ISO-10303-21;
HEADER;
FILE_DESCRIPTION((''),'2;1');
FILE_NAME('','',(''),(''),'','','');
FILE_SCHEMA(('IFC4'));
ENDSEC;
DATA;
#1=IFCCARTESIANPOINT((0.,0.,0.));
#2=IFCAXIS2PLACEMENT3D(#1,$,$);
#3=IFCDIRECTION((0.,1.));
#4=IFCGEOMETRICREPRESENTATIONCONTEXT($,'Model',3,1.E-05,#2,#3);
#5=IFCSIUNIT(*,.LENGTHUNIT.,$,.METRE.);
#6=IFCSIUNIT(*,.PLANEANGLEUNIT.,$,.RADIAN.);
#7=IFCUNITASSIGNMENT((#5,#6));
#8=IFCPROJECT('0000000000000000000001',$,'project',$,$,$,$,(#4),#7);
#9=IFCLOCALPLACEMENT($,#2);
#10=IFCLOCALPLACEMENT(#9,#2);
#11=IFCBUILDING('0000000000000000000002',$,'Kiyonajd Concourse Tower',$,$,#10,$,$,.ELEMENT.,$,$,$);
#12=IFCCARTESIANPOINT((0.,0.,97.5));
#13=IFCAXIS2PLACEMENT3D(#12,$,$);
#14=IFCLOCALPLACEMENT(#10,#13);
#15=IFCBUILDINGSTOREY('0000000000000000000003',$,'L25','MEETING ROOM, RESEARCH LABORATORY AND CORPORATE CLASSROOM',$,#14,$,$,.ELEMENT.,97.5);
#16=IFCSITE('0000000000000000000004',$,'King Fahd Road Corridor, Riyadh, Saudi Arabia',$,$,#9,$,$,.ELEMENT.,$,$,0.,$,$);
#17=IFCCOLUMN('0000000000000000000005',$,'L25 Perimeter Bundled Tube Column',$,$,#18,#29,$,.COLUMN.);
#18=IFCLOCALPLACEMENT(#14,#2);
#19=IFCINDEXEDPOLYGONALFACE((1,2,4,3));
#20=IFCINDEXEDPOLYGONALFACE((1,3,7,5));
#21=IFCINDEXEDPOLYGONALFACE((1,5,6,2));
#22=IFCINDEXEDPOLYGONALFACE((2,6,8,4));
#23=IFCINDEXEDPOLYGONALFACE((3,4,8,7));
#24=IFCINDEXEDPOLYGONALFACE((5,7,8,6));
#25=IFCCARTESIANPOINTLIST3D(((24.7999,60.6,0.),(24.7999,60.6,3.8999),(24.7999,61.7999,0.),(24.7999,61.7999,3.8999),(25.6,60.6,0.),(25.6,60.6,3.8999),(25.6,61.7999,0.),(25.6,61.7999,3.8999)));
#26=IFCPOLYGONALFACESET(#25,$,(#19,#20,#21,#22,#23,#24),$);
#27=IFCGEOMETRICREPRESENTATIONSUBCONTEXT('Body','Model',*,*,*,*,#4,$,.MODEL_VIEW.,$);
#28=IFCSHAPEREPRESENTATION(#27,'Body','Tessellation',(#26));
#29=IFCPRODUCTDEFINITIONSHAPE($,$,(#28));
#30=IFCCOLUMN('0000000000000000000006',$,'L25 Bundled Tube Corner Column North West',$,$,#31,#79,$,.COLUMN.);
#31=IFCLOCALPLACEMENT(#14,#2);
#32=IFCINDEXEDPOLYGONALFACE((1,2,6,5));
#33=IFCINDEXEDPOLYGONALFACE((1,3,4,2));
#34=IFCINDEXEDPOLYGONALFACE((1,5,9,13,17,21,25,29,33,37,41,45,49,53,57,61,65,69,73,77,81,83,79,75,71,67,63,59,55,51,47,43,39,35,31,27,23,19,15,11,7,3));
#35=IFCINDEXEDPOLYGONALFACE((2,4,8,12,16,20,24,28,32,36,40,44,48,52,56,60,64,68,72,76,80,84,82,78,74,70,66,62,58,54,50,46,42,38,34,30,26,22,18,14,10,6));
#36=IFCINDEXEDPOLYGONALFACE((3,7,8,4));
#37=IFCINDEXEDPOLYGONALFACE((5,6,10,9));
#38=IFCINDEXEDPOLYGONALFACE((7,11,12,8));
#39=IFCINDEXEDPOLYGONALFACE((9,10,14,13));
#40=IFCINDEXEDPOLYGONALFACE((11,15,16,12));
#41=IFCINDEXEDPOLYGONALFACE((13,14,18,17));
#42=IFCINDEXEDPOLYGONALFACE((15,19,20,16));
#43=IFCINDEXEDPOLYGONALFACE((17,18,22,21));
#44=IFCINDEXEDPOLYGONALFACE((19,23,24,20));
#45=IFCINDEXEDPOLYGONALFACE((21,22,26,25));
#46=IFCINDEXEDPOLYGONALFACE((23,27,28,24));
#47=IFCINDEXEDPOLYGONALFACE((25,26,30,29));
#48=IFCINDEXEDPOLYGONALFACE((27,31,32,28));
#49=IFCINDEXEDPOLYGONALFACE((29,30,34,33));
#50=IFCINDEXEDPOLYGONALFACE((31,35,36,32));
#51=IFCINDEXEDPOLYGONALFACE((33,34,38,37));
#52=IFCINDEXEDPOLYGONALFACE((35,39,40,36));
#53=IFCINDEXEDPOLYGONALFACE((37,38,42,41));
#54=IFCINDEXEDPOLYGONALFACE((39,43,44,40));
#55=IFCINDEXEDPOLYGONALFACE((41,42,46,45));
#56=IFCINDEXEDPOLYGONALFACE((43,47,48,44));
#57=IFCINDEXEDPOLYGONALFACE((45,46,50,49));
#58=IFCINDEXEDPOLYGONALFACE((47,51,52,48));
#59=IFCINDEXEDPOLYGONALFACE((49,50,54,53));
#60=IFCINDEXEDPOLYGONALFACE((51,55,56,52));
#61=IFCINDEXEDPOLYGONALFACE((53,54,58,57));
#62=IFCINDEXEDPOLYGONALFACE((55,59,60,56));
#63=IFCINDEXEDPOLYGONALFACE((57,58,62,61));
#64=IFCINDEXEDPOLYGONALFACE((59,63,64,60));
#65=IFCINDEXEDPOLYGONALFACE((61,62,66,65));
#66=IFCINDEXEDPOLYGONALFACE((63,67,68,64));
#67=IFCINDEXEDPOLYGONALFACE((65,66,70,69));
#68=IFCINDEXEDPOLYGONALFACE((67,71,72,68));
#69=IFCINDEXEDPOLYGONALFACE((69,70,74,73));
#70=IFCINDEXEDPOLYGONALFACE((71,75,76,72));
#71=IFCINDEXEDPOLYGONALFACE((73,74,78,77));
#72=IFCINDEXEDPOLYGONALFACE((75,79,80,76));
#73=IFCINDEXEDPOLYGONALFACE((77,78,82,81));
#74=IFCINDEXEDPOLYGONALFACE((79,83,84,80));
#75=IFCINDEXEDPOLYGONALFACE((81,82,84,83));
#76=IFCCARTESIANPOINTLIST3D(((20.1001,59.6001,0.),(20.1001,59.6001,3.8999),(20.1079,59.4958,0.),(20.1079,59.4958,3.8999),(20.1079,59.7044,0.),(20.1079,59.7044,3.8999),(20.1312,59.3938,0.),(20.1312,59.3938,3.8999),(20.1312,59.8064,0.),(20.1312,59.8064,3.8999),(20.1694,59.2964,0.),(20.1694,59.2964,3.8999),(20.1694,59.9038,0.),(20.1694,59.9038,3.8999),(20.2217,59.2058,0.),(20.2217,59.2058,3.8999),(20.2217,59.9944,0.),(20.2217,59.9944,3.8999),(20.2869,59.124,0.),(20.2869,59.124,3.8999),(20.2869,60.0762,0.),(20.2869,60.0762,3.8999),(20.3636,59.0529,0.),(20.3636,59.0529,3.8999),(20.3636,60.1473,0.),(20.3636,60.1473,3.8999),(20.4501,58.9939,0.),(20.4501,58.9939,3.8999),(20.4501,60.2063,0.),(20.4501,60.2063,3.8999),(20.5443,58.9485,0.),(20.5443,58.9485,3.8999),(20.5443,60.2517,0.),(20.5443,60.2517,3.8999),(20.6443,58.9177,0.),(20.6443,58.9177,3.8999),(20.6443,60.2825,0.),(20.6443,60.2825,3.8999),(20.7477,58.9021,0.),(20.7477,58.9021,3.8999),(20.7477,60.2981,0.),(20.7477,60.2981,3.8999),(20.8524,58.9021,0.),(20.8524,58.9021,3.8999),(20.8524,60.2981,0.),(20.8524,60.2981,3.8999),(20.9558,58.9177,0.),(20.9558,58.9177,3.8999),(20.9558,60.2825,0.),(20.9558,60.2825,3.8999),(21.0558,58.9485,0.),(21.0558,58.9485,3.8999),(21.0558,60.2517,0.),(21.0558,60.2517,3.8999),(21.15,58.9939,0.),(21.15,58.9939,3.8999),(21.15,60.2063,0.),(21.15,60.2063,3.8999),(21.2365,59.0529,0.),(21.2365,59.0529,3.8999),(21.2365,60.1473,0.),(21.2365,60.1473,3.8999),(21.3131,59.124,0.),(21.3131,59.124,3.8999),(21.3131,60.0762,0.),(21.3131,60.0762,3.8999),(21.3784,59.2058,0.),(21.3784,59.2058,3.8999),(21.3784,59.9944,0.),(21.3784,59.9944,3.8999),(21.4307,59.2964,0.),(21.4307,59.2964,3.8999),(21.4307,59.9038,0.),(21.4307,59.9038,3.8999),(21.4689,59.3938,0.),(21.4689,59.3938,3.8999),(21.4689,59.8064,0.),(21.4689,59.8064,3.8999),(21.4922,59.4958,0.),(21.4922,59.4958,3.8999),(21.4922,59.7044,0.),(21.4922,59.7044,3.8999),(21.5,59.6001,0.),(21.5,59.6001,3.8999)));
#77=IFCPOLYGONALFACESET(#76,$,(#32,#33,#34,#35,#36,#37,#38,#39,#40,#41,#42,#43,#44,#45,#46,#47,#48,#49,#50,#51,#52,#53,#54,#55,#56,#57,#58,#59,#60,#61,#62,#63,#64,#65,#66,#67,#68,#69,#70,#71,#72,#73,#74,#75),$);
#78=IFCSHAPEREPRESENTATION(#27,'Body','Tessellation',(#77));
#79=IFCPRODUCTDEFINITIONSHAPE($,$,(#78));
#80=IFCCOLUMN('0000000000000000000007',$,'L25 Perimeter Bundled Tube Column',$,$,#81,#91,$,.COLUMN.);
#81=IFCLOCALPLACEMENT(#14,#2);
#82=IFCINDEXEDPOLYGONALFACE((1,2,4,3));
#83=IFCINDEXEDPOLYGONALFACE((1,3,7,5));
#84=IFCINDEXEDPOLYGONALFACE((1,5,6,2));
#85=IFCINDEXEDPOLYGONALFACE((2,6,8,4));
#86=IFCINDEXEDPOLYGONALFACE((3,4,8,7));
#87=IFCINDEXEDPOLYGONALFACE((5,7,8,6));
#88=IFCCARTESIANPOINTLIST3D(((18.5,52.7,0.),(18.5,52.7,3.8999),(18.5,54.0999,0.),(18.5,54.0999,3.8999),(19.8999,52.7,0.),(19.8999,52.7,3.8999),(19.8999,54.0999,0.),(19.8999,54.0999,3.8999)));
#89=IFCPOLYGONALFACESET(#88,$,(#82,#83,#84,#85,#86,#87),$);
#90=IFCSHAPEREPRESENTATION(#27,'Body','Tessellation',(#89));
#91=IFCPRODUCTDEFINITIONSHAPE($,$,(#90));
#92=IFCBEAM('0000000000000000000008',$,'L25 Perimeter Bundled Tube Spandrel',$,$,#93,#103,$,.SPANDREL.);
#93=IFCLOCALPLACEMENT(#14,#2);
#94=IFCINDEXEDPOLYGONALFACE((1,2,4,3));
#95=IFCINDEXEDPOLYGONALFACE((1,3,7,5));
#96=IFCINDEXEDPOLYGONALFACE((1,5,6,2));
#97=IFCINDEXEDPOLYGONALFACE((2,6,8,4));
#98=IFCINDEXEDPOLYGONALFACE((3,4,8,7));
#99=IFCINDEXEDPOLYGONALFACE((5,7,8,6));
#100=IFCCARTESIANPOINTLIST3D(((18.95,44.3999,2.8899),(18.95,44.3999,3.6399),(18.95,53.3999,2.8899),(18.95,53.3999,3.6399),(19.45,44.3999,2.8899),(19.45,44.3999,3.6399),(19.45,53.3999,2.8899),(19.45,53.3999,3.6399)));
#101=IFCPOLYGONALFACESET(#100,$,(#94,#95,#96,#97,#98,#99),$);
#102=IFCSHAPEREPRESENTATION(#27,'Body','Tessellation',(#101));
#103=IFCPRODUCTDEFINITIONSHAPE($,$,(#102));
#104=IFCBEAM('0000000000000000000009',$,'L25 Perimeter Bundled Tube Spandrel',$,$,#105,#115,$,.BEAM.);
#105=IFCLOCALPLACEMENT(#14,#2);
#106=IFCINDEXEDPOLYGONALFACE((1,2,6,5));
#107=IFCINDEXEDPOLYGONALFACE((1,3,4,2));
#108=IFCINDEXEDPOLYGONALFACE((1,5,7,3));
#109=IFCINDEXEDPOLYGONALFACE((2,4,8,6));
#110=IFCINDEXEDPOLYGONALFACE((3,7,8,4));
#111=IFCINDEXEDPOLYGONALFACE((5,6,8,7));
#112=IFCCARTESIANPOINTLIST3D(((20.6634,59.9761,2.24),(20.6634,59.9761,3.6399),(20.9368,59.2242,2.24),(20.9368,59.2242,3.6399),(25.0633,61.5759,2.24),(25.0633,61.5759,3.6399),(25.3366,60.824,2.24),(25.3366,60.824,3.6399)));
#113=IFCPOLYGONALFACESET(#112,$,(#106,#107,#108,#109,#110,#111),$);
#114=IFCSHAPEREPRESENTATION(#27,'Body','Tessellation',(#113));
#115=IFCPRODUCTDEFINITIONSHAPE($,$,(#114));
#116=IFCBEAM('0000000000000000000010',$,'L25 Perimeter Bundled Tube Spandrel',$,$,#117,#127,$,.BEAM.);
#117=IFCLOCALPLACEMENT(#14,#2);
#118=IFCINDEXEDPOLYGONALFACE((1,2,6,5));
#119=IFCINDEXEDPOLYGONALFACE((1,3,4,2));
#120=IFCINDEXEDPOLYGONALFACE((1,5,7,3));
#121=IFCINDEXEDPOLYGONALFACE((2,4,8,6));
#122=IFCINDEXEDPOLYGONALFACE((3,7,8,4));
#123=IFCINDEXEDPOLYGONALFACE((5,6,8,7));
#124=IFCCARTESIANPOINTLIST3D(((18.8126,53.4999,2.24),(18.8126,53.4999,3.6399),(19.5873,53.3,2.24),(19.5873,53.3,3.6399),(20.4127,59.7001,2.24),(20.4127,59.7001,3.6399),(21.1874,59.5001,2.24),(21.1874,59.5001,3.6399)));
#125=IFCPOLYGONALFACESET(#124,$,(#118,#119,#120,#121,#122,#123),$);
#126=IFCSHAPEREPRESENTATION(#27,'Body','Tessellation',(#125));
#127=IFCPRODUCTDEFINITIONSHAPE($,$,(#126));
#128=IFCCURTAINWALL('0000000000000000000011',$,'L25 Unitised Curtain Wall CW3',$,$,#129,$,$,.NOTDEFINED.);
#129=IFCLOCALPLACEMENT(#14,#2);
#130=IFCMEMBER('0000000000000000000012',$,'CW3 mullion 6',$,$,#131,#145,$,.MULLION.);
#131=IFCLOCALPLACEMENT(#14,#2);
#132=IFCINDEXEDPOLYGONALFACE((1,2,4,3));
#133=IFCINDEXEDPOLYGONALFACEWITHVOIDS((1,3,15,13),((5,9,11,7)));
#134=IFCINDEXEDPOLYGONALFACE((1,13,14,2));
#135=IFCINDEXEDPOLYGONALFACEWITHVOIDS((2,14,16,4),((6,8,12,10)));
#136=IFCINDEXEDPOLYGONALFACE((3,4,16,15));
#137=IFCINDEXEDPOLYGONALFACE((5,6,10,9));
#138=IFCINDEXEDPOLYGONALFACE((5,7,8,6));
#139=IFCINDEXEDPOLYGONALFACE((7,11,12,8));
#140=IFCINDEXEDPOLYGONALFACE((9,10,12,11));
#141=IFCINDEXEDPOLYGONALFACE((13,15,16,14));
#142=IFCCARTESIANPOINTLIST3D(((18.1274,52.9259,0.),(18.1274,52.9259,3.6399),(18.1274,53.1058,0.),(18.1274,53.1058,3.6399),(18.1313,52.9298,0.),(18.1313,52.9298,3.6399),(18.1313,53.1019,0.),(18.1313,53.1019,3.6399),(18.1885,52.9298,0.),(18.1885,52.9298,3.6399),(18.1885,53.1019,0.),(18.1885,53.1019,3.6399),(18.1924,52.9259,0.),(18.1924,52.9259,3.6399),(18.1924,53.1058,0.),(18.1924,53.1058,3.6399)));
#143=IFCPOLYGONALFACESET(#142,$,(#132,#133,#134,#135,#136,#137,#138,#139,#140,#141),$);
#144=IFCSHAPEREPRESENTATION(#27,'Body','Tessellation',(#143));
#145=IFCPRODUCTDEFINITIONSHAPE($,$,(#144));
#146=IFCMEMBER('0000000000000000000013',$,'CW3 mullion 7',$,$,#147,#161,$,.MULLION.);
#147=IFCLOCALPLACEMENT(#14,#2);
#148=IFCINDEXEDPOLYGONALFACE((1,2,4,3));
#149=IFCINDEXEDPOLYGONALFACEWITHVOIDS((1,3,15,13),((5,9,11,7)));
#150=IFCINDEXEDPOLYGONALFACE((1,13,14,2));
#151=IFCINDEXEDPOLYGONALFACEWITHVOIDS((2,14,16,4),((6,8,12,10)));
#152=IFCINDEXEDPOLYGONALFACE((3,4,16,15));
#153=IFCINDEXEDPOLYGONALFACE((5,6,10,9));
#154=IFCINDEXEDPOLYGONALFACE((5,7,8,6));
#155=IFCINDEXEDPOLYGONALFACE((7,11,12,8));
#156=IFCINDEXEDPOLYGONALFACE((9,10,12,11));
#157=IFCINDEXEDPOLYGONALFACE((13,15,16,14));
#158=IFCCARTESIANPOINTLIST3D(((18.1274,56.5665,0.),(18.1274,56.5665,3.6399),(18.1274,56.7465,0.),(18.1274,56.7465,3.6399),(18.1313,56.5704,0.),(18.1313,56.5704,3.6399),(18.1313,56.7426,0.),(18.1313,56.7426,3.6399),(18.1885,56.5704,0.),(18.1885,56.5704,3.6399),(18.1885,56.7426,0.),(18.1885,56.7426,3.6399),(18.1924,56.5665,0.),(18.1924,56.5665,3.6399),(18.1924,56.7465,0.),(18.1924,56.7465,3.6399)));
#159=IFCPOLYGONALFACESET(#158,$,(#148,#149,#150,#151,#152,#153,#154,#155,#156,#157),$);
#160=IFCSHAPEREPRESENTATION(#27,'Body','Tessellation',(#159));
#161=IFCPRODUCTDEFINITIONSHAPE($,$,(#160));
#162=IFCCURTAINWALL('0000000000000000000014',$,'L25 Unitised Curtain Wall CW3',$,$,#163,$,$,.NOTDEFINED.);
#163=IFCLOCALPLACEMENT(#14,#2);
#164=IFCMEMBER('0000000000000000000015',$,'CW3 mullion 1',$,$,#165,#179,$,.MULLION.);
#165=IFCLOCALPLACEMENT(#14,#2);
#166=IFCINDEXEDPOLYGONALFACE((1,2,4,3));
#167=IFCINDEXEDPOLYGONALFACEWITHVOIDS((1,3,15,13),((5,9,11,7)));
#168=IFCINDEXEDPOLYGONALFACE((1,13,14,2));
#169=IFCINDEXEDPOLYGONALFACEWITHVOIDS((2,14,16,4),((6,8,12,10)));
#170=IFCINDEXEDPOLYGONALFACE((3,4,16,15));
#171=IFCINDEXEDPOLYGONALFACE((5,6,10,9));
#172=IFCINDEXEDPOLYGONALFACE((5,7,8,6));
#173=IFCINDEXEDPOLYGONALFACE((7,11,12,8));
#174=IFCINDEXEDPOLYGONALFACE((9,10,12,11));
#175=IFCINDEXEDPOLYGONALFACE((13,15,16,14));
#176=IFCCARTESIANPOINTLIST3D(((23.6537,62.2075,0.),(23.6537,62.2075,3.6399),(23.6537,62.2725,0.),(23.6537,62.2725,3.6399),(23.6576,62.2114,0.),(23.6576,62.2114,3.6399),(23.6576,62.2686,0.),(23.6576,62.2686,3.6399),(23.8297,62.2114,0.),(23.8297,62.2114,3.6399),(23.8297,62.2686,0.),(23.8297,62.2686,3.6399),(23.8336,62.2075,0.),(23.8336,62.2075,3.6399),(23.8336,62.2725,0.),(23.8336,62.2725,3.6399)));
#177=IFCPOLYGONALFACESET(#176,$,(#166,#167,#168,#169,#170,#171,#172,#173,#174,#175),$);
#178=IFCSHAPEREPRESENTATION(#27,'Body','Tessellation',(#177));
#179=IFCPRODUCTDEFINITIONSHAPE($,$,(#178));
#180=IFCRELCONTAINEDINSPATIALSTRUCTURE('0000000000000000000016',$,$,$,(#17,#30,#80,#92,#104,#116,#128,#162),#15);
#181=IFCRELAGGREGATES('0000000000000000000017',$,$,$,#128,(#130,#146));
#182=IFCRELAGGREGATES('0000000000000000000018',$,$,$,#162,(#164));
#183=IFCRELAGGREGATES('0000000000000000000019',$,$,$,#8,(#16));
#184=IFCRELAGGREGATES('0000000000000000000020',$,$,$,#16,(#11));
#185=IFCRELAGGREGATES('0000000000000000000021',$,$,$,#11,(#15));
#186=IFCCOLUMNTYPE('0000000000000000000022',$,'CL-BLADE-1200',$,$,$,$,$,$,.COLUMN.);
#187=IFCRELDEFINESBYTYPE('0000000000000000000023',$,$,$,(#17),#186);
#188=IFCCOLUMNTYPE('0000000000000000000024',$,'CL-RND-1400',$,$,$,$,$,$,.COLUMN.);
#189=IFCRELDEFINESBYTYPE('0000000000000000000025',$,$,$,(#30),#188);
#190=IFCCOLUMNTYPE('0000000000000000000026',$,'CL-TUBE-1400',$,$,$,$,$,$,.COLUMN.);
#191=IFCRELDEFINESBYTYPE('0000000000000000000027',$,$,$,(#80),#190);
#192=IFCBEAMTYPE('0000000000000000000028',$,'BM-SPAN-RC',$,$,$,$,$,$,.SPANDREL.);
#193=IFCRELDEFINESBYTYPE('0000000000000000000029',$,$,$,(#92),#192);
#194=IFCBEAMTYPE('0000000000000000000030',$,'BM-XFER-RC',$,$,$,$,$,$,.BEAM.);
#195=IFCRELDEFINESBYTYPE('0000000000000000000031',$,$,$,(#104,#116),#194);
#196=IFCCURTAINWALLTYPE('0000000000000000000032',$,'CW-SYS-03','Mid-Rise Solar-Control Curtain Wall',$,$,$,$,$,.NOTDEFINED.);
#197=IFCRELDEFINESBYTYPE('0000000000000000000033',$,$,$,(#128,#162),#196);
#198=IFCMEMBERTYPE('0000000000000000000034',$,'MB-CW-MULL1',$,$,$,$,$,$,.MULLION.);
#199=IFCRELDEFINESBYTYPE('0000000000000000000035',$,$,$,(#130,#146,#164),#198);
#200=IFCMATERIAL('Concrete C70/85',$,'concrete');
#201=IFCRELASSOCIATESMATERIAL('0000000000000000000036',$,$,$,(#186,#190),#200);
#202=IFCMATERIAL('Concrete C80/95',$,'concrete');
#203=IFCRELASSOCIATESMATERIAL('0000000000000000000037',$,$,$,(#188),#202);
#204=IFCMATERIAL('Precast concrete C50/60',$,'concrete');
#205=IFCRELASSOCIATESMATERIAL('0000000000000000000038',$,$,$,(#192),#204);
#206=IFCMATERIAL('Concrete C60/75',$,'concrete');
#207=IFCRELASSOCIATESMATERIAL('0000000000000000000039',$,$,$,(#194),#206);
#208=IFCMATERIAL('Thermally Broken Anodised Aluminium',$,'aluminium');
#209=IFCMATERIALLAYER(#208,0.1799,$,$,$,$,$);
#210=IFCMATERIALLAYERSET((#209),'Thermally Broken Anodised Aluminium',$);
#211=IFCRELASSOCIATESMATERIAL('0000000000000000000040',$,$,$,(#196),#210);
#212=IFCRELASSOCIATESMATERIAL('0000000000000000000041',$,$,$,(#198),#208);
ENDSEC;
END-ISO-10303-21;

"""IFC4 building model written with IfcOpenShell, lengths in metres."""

from ifc_helpers import new_model, si_unit, direction, frame, origin, origin_2d, place, context, subcontext, project, spatial, rectangle, hollow_rectangle, circle, extrude, material, layer, layer_set, material_profile, profile_set, type_object, element, aggregate, save


model = new_model("IFC4")

# Units and contexts
model_context = context("Model", 3, precision=1e-05, world=origin(), true_north=direction((0.0, 1.0)))
body_context = subcontext(model_context, "Body", "Model", "MODEL_VIEW")
ifc_project = project(units=[si_unit("LENGTHUNIT", "METRE"), si_unit("PLANEANGLEUNIT", "RADIAN")], contexts=[model_context])

# Site, building, storey
site_placement = place(None, origin())
site = spatial("IfcSite", under=ifc_project, at=site_placement, Name="King Fahd Road Corridor, Riyadh, Saudi Arabia", CompositionType="ELEMENT", RefElevation=0.0)
building_placement = place(site_placement, origin())
building = spatial("IfcBuilding", under=site, at=building_placement, Name="Kiyonajd Concourse Tower", CompositionType="ELEMENT")
storey_placement = place(building_placement, frame((0.0, 0.0, 97.5)))
storey = spatial("IfcBuildingStorey", under=building, at=storey_placement, Name="L25", Description="MEETING ROOM, RESEARCH LABORATORY AND CORPORATE CLASSROOM", CompositionType="ELEMENT", Elevation=97.5)

# Columns
ifc_material_1 = material(Name="Concrete C70/85", Category="concrete")
ifc_material_profile_1 = material_profile(ifc_material_1, rectangle(XDim=0.8, YDim=1.2, at=origin_2d()), Name="RC-1200x800")
ifc_profile_set_1 = profile_set([ifc_material_profile_1], Name="Concrete C70/85")
column_type_1 = type_object("IfcColumnType", Name="CL-BLADE-1200", PredefinedType="COLUMN", material=ifc_profile_set_1)
column_1_placement = place(storey_placement, frame((25.2, 61.2, 0.0), z_axis=(0.0, 0.0, 1.0), x_axis=(1.0, 0.0, 0.0)))
element("IfcColumn", 1, at=column_1_placement, inside=storey, type_object=column_type_1, Name="L25 Perimeter Bundled Tube Column", PredefinedType="COLUMN", context=body_context, shape_type="SweptSolid", body=[
    extrude(rectangle(XDim=0.8, YDim=1.2, at=origin_2d()), origin(), (0.0, 0.0, 1.0), 3.8999),
])
ifc_material_2 = material(Name="Concrete C80/95", Category="concrete")
ifc_material_profile_2 = material_profile(ifc_material_2, circle(Radius=0.7, at=origin_2d()), Name="RCC-D1400")
ifc_profile_set_2 = profile_set([ifc_material_profile_2], Name="Concrete C80/95")
column_type_2 = type_object("IfcColumnType", Name="CL-RND-1400", PredefinedType="COLUMN", material=ifc_profile_set_2)
column_2_placement = place(storey_placement, frame((20.8, 59.6001, 0.0), z_axis=(0.0, 0.0, 1.0), x_axis=(1.0, 0.0, 0.0)))
element("IfcColumn", 2, at=column_2_placement, inside=storey, type_object=column_type_2, Name="L25 Bundled Tube Corner Column North West", PredefinedType="COLUMN", context=body_context, shape_type="SweptSolid", body=[
    extrude(circle(Radius=0.7, at=origin_2d()), origin(), (0.0, 0.0, 1.0), 3.8999),
])
ifc_material_profile_3 = material_profile(ifc_material_1, rectangle(XDim=1.3999, YDim=1.3999, at=origin_2d()), Name="RC-1400x1400")
ifc_profile_set_3 = profile_set([ifc_material_profile_3], Name="Concrete C70/85")
column_type_3 = type_object("IfcColumnType", Name="CL-TUBE-1400", PredefinedType="COLUMN", material=ifc_profile_set_3)
column_3_placement = place(storey_placement, frame((19.2, 53.3999, 0.0), z_axis=(0.0, 0.0, 1.0), x_axis=(1.0, 0.0, 0.0)))
element("IfcColumn", 3, at=column_3_placement, inside=storey, type_object=column_type_3, Name="L25 Perimeter Bundled Tube Column", PredefinedType="COLUMN", context=body_context, shape_type="SweptSolid", body=[
    extrude(rectangle(XDim=1.3999, YDim=1.3999, at=origin_2d()), origin(), (0.0, 0.0, 1.0), 3.8999),
])

# Beams
ifc_material_3 = material(Name="Precast concrete C50/60", Category="concrete")
ifc_material_profile_4 = material_profile(ifc_material_3, rectangle(XDim=0.5, YDim=0.75, at=origin_2d()), Name="RCBM-500x750")
ifc_profile_set_4 = profile_set([ifc_material_profile_4], Name="Precast concrete C50/60")
beam_type_1 = type_object("IfcBeamType", Name="BM-SPAN-RC", PredefinedType="SPANDREL", material=ifc_profile_set_4)
beam_1_placement = place(storey_placement, frame((19.2, 53.3999, 3.2649), z_axis=(0.0, -1.0, 0.0), x_axis=(1.0, 0.0, 0.0)))
element("IfcBeam", 4, at=beam_1_placement, inside=storey, type_object=beam_type_1, Name="L25 Perimeter Bundled Tube Spandrel", PredefinedType="SPANDREL", context=body_context, shape_type="SweptSolid", body=[
    extrude(rectangle(XDim=0.5, YDim=0.75, at=origin_2d()), origin(), (0.0, 0.0, 1.0), 9.0),
])
ifc_material_4 = material(Name="Concrete C60/75", Category="concrete")
ifc_material_profile_5 = material_profile(ifc_material_4, rectangle(XDim=0.8, YDim=1.3999, at=origin_2d()), Name="RCBM-800x1400")
ifc_profile_set_5 = profile_set([ifc_material_profile_5], Name="Concrete C60/75")
beam_type_2 = type_object("IfcBeamType", Name="BM-XFER-RC", PredefinedType="BEAM", material=ifc_profile_set_5)
beam_2_placement = place(storey_placement, frame((25.2, 61.2, 2.9399), z_axis=(-0.939801, -0.341722, 0.0), x_axis=(0.341722, -0.939801, 0.0)))
element("IfcBeam", 5, at=beam_2_placement, inside=storey, type_object=beam_type_2, Name="L25 Perimeter Bundled Tube Spandrel", PredefinedType="BEAM", context=body_context, shape_type="SweptSolid", body=[
    extrude(rectangle(XDim=0.8, YDim=1.3999, at=origin_2d()), origin(), (0.0, 0.0, 1.0), 4.6816),
])
beam_3_placement = place(storey_placement, frame((20.8, 59.6001, 2.9399), z_axis=(-0.249885, -0.968276, 0.0), x_axis=(0.968276, -0.249885, 0.0)))
element("IfcBeam", 6, at=beam_3_placement, inside=storey, type_object=beam_type_2, Name="L25 Perimeter Bundled Tube Spandrel", PredefinedType="BEAM", context=body_context, shape_type="SweptSolid", body=[
    extrude(rectangle(XDim=0.8, YDim=1.3999, at=origin_2d()), origin(), (0.0, 0.0, 1.0), 6.4033),
])

# Curtain walls, members
ifc_material_5 = material(Name="Thermally Broken Anodised Aluminium", Category="aluminium")
ifc_layer_1 = layer(ifc_material_5, 0.1799)
ifc_layer_set_1 = layer_set([ifc_layer_1], Name="Thermally Broken Anodised Aluminium")
curtain_wall_type = type_object("IfcCurtainWallType", Name="CW-SYS-03", Description="Mid-Rise Solar-Control Curtain Wall", PredefinedType="NOTDEFINED", material=ifc_layer_set_1)
curtain_wall_1_placement = place(storey_placement, origin())
curtain_wall_1 = element("IfcCurtainWall", 7, at=curtain_wall_1_placement, inside=storey, type_object=curtain_wall_type, Name="L25 Unitised Curtain Wall CW3", PredefinedType="NOTDEFINED")
ifc_material_profile_6 = material_profile(ifc_material_5, hollow_rectangle(XDim=0.0649, YDim=0.1799, WallThickness=0.0039, at=origin_2d()), Name="MULL-65x180")
ifc_profile_set_6 = profile_set([ifc_material_profile_6], Name="Thermally Broken Anodised Aluminium")
member_type_1 = type_object("IfcMemberType", Name="MB-CW-MULL1", PredefinedType="MULLION", material=ifc_profile_set_6)
member_1_placement = place(storey_placement, frame((18.1599, 53.0159, 0.0), z_axis=(0.0, 0.0, 1.0), x_axis=(-1.0, 0.0, 0.0)))
member_1 = element("IfcMember", 8, at=member_1_placement, type_object=member_type_1, Name="CW3 mullion 6", PredefinedType="MULLION", context=body_context, shape_type="SweptSolid", body=[
    extrude(hollow_rectangle(XDim=0.0649, YDim=0.1799, WallThickness=0.0039, at=origin_2d()), origin(), (0.0, 0.0, 1.0), 3.6399),
])
member_2_placement = place(storey_placement, frame((18.1599, 56.6565, 0.0), z_axis=(0.0, 0.0, 1.0), x_axis=(-1.0, 0.0, 0.0)))
member_2 = element("IfcMember", 9, at=member_2_placement, type_object=member_type_1, Name="CW3 mullion 7", PredefinedType="MULLION", context=body_context, shape_type="SweptSolid", body=[
    extrude(hollow_rectangle(XDim=0.0649, YDim=0.1799, WallThickness=0.0039, at=origin_2d()), origin(), (0.0, 0.0, 1.0), 3.6399),
])
curtain_wall_2_placement = place(storey_placement, origin())
curtain_wall_2 = element("IfcCurtainWall", 10, at=curtain_wall_2_placement, inside=storey, type_object=curtain_wall_type, Name="L25 Unitised Curtain Wall CW3", PredefinedType="NOTDEFINED")
member_3_placement = place(storey_placement, frame((23.7437, 62.24, 0.0), z_axis=(0.0, 0.0, 1.0), x_axis=(0.0, 1.0, 0.0)))
member_3 = element("IfcMember", 11, at=member_3_placement, type_object=member_type_1, Name="CW3 mullion 1", PredefinedType="MULLION", context=body_context, shape_type="SweptSolid", body=[
    extrude(hollow_rectangle(XDim=0.0649, YDim=0.1799, WallThickness=0.0039, at=origin_2d()), origin(), (0.0, 0.0, 1.0), 3.6399),
])

aggregate(curtain_wall_1, [member_1, member_2])
aggregate(curtain_wall_2, [member_3])

save(model, "model.ifc")
